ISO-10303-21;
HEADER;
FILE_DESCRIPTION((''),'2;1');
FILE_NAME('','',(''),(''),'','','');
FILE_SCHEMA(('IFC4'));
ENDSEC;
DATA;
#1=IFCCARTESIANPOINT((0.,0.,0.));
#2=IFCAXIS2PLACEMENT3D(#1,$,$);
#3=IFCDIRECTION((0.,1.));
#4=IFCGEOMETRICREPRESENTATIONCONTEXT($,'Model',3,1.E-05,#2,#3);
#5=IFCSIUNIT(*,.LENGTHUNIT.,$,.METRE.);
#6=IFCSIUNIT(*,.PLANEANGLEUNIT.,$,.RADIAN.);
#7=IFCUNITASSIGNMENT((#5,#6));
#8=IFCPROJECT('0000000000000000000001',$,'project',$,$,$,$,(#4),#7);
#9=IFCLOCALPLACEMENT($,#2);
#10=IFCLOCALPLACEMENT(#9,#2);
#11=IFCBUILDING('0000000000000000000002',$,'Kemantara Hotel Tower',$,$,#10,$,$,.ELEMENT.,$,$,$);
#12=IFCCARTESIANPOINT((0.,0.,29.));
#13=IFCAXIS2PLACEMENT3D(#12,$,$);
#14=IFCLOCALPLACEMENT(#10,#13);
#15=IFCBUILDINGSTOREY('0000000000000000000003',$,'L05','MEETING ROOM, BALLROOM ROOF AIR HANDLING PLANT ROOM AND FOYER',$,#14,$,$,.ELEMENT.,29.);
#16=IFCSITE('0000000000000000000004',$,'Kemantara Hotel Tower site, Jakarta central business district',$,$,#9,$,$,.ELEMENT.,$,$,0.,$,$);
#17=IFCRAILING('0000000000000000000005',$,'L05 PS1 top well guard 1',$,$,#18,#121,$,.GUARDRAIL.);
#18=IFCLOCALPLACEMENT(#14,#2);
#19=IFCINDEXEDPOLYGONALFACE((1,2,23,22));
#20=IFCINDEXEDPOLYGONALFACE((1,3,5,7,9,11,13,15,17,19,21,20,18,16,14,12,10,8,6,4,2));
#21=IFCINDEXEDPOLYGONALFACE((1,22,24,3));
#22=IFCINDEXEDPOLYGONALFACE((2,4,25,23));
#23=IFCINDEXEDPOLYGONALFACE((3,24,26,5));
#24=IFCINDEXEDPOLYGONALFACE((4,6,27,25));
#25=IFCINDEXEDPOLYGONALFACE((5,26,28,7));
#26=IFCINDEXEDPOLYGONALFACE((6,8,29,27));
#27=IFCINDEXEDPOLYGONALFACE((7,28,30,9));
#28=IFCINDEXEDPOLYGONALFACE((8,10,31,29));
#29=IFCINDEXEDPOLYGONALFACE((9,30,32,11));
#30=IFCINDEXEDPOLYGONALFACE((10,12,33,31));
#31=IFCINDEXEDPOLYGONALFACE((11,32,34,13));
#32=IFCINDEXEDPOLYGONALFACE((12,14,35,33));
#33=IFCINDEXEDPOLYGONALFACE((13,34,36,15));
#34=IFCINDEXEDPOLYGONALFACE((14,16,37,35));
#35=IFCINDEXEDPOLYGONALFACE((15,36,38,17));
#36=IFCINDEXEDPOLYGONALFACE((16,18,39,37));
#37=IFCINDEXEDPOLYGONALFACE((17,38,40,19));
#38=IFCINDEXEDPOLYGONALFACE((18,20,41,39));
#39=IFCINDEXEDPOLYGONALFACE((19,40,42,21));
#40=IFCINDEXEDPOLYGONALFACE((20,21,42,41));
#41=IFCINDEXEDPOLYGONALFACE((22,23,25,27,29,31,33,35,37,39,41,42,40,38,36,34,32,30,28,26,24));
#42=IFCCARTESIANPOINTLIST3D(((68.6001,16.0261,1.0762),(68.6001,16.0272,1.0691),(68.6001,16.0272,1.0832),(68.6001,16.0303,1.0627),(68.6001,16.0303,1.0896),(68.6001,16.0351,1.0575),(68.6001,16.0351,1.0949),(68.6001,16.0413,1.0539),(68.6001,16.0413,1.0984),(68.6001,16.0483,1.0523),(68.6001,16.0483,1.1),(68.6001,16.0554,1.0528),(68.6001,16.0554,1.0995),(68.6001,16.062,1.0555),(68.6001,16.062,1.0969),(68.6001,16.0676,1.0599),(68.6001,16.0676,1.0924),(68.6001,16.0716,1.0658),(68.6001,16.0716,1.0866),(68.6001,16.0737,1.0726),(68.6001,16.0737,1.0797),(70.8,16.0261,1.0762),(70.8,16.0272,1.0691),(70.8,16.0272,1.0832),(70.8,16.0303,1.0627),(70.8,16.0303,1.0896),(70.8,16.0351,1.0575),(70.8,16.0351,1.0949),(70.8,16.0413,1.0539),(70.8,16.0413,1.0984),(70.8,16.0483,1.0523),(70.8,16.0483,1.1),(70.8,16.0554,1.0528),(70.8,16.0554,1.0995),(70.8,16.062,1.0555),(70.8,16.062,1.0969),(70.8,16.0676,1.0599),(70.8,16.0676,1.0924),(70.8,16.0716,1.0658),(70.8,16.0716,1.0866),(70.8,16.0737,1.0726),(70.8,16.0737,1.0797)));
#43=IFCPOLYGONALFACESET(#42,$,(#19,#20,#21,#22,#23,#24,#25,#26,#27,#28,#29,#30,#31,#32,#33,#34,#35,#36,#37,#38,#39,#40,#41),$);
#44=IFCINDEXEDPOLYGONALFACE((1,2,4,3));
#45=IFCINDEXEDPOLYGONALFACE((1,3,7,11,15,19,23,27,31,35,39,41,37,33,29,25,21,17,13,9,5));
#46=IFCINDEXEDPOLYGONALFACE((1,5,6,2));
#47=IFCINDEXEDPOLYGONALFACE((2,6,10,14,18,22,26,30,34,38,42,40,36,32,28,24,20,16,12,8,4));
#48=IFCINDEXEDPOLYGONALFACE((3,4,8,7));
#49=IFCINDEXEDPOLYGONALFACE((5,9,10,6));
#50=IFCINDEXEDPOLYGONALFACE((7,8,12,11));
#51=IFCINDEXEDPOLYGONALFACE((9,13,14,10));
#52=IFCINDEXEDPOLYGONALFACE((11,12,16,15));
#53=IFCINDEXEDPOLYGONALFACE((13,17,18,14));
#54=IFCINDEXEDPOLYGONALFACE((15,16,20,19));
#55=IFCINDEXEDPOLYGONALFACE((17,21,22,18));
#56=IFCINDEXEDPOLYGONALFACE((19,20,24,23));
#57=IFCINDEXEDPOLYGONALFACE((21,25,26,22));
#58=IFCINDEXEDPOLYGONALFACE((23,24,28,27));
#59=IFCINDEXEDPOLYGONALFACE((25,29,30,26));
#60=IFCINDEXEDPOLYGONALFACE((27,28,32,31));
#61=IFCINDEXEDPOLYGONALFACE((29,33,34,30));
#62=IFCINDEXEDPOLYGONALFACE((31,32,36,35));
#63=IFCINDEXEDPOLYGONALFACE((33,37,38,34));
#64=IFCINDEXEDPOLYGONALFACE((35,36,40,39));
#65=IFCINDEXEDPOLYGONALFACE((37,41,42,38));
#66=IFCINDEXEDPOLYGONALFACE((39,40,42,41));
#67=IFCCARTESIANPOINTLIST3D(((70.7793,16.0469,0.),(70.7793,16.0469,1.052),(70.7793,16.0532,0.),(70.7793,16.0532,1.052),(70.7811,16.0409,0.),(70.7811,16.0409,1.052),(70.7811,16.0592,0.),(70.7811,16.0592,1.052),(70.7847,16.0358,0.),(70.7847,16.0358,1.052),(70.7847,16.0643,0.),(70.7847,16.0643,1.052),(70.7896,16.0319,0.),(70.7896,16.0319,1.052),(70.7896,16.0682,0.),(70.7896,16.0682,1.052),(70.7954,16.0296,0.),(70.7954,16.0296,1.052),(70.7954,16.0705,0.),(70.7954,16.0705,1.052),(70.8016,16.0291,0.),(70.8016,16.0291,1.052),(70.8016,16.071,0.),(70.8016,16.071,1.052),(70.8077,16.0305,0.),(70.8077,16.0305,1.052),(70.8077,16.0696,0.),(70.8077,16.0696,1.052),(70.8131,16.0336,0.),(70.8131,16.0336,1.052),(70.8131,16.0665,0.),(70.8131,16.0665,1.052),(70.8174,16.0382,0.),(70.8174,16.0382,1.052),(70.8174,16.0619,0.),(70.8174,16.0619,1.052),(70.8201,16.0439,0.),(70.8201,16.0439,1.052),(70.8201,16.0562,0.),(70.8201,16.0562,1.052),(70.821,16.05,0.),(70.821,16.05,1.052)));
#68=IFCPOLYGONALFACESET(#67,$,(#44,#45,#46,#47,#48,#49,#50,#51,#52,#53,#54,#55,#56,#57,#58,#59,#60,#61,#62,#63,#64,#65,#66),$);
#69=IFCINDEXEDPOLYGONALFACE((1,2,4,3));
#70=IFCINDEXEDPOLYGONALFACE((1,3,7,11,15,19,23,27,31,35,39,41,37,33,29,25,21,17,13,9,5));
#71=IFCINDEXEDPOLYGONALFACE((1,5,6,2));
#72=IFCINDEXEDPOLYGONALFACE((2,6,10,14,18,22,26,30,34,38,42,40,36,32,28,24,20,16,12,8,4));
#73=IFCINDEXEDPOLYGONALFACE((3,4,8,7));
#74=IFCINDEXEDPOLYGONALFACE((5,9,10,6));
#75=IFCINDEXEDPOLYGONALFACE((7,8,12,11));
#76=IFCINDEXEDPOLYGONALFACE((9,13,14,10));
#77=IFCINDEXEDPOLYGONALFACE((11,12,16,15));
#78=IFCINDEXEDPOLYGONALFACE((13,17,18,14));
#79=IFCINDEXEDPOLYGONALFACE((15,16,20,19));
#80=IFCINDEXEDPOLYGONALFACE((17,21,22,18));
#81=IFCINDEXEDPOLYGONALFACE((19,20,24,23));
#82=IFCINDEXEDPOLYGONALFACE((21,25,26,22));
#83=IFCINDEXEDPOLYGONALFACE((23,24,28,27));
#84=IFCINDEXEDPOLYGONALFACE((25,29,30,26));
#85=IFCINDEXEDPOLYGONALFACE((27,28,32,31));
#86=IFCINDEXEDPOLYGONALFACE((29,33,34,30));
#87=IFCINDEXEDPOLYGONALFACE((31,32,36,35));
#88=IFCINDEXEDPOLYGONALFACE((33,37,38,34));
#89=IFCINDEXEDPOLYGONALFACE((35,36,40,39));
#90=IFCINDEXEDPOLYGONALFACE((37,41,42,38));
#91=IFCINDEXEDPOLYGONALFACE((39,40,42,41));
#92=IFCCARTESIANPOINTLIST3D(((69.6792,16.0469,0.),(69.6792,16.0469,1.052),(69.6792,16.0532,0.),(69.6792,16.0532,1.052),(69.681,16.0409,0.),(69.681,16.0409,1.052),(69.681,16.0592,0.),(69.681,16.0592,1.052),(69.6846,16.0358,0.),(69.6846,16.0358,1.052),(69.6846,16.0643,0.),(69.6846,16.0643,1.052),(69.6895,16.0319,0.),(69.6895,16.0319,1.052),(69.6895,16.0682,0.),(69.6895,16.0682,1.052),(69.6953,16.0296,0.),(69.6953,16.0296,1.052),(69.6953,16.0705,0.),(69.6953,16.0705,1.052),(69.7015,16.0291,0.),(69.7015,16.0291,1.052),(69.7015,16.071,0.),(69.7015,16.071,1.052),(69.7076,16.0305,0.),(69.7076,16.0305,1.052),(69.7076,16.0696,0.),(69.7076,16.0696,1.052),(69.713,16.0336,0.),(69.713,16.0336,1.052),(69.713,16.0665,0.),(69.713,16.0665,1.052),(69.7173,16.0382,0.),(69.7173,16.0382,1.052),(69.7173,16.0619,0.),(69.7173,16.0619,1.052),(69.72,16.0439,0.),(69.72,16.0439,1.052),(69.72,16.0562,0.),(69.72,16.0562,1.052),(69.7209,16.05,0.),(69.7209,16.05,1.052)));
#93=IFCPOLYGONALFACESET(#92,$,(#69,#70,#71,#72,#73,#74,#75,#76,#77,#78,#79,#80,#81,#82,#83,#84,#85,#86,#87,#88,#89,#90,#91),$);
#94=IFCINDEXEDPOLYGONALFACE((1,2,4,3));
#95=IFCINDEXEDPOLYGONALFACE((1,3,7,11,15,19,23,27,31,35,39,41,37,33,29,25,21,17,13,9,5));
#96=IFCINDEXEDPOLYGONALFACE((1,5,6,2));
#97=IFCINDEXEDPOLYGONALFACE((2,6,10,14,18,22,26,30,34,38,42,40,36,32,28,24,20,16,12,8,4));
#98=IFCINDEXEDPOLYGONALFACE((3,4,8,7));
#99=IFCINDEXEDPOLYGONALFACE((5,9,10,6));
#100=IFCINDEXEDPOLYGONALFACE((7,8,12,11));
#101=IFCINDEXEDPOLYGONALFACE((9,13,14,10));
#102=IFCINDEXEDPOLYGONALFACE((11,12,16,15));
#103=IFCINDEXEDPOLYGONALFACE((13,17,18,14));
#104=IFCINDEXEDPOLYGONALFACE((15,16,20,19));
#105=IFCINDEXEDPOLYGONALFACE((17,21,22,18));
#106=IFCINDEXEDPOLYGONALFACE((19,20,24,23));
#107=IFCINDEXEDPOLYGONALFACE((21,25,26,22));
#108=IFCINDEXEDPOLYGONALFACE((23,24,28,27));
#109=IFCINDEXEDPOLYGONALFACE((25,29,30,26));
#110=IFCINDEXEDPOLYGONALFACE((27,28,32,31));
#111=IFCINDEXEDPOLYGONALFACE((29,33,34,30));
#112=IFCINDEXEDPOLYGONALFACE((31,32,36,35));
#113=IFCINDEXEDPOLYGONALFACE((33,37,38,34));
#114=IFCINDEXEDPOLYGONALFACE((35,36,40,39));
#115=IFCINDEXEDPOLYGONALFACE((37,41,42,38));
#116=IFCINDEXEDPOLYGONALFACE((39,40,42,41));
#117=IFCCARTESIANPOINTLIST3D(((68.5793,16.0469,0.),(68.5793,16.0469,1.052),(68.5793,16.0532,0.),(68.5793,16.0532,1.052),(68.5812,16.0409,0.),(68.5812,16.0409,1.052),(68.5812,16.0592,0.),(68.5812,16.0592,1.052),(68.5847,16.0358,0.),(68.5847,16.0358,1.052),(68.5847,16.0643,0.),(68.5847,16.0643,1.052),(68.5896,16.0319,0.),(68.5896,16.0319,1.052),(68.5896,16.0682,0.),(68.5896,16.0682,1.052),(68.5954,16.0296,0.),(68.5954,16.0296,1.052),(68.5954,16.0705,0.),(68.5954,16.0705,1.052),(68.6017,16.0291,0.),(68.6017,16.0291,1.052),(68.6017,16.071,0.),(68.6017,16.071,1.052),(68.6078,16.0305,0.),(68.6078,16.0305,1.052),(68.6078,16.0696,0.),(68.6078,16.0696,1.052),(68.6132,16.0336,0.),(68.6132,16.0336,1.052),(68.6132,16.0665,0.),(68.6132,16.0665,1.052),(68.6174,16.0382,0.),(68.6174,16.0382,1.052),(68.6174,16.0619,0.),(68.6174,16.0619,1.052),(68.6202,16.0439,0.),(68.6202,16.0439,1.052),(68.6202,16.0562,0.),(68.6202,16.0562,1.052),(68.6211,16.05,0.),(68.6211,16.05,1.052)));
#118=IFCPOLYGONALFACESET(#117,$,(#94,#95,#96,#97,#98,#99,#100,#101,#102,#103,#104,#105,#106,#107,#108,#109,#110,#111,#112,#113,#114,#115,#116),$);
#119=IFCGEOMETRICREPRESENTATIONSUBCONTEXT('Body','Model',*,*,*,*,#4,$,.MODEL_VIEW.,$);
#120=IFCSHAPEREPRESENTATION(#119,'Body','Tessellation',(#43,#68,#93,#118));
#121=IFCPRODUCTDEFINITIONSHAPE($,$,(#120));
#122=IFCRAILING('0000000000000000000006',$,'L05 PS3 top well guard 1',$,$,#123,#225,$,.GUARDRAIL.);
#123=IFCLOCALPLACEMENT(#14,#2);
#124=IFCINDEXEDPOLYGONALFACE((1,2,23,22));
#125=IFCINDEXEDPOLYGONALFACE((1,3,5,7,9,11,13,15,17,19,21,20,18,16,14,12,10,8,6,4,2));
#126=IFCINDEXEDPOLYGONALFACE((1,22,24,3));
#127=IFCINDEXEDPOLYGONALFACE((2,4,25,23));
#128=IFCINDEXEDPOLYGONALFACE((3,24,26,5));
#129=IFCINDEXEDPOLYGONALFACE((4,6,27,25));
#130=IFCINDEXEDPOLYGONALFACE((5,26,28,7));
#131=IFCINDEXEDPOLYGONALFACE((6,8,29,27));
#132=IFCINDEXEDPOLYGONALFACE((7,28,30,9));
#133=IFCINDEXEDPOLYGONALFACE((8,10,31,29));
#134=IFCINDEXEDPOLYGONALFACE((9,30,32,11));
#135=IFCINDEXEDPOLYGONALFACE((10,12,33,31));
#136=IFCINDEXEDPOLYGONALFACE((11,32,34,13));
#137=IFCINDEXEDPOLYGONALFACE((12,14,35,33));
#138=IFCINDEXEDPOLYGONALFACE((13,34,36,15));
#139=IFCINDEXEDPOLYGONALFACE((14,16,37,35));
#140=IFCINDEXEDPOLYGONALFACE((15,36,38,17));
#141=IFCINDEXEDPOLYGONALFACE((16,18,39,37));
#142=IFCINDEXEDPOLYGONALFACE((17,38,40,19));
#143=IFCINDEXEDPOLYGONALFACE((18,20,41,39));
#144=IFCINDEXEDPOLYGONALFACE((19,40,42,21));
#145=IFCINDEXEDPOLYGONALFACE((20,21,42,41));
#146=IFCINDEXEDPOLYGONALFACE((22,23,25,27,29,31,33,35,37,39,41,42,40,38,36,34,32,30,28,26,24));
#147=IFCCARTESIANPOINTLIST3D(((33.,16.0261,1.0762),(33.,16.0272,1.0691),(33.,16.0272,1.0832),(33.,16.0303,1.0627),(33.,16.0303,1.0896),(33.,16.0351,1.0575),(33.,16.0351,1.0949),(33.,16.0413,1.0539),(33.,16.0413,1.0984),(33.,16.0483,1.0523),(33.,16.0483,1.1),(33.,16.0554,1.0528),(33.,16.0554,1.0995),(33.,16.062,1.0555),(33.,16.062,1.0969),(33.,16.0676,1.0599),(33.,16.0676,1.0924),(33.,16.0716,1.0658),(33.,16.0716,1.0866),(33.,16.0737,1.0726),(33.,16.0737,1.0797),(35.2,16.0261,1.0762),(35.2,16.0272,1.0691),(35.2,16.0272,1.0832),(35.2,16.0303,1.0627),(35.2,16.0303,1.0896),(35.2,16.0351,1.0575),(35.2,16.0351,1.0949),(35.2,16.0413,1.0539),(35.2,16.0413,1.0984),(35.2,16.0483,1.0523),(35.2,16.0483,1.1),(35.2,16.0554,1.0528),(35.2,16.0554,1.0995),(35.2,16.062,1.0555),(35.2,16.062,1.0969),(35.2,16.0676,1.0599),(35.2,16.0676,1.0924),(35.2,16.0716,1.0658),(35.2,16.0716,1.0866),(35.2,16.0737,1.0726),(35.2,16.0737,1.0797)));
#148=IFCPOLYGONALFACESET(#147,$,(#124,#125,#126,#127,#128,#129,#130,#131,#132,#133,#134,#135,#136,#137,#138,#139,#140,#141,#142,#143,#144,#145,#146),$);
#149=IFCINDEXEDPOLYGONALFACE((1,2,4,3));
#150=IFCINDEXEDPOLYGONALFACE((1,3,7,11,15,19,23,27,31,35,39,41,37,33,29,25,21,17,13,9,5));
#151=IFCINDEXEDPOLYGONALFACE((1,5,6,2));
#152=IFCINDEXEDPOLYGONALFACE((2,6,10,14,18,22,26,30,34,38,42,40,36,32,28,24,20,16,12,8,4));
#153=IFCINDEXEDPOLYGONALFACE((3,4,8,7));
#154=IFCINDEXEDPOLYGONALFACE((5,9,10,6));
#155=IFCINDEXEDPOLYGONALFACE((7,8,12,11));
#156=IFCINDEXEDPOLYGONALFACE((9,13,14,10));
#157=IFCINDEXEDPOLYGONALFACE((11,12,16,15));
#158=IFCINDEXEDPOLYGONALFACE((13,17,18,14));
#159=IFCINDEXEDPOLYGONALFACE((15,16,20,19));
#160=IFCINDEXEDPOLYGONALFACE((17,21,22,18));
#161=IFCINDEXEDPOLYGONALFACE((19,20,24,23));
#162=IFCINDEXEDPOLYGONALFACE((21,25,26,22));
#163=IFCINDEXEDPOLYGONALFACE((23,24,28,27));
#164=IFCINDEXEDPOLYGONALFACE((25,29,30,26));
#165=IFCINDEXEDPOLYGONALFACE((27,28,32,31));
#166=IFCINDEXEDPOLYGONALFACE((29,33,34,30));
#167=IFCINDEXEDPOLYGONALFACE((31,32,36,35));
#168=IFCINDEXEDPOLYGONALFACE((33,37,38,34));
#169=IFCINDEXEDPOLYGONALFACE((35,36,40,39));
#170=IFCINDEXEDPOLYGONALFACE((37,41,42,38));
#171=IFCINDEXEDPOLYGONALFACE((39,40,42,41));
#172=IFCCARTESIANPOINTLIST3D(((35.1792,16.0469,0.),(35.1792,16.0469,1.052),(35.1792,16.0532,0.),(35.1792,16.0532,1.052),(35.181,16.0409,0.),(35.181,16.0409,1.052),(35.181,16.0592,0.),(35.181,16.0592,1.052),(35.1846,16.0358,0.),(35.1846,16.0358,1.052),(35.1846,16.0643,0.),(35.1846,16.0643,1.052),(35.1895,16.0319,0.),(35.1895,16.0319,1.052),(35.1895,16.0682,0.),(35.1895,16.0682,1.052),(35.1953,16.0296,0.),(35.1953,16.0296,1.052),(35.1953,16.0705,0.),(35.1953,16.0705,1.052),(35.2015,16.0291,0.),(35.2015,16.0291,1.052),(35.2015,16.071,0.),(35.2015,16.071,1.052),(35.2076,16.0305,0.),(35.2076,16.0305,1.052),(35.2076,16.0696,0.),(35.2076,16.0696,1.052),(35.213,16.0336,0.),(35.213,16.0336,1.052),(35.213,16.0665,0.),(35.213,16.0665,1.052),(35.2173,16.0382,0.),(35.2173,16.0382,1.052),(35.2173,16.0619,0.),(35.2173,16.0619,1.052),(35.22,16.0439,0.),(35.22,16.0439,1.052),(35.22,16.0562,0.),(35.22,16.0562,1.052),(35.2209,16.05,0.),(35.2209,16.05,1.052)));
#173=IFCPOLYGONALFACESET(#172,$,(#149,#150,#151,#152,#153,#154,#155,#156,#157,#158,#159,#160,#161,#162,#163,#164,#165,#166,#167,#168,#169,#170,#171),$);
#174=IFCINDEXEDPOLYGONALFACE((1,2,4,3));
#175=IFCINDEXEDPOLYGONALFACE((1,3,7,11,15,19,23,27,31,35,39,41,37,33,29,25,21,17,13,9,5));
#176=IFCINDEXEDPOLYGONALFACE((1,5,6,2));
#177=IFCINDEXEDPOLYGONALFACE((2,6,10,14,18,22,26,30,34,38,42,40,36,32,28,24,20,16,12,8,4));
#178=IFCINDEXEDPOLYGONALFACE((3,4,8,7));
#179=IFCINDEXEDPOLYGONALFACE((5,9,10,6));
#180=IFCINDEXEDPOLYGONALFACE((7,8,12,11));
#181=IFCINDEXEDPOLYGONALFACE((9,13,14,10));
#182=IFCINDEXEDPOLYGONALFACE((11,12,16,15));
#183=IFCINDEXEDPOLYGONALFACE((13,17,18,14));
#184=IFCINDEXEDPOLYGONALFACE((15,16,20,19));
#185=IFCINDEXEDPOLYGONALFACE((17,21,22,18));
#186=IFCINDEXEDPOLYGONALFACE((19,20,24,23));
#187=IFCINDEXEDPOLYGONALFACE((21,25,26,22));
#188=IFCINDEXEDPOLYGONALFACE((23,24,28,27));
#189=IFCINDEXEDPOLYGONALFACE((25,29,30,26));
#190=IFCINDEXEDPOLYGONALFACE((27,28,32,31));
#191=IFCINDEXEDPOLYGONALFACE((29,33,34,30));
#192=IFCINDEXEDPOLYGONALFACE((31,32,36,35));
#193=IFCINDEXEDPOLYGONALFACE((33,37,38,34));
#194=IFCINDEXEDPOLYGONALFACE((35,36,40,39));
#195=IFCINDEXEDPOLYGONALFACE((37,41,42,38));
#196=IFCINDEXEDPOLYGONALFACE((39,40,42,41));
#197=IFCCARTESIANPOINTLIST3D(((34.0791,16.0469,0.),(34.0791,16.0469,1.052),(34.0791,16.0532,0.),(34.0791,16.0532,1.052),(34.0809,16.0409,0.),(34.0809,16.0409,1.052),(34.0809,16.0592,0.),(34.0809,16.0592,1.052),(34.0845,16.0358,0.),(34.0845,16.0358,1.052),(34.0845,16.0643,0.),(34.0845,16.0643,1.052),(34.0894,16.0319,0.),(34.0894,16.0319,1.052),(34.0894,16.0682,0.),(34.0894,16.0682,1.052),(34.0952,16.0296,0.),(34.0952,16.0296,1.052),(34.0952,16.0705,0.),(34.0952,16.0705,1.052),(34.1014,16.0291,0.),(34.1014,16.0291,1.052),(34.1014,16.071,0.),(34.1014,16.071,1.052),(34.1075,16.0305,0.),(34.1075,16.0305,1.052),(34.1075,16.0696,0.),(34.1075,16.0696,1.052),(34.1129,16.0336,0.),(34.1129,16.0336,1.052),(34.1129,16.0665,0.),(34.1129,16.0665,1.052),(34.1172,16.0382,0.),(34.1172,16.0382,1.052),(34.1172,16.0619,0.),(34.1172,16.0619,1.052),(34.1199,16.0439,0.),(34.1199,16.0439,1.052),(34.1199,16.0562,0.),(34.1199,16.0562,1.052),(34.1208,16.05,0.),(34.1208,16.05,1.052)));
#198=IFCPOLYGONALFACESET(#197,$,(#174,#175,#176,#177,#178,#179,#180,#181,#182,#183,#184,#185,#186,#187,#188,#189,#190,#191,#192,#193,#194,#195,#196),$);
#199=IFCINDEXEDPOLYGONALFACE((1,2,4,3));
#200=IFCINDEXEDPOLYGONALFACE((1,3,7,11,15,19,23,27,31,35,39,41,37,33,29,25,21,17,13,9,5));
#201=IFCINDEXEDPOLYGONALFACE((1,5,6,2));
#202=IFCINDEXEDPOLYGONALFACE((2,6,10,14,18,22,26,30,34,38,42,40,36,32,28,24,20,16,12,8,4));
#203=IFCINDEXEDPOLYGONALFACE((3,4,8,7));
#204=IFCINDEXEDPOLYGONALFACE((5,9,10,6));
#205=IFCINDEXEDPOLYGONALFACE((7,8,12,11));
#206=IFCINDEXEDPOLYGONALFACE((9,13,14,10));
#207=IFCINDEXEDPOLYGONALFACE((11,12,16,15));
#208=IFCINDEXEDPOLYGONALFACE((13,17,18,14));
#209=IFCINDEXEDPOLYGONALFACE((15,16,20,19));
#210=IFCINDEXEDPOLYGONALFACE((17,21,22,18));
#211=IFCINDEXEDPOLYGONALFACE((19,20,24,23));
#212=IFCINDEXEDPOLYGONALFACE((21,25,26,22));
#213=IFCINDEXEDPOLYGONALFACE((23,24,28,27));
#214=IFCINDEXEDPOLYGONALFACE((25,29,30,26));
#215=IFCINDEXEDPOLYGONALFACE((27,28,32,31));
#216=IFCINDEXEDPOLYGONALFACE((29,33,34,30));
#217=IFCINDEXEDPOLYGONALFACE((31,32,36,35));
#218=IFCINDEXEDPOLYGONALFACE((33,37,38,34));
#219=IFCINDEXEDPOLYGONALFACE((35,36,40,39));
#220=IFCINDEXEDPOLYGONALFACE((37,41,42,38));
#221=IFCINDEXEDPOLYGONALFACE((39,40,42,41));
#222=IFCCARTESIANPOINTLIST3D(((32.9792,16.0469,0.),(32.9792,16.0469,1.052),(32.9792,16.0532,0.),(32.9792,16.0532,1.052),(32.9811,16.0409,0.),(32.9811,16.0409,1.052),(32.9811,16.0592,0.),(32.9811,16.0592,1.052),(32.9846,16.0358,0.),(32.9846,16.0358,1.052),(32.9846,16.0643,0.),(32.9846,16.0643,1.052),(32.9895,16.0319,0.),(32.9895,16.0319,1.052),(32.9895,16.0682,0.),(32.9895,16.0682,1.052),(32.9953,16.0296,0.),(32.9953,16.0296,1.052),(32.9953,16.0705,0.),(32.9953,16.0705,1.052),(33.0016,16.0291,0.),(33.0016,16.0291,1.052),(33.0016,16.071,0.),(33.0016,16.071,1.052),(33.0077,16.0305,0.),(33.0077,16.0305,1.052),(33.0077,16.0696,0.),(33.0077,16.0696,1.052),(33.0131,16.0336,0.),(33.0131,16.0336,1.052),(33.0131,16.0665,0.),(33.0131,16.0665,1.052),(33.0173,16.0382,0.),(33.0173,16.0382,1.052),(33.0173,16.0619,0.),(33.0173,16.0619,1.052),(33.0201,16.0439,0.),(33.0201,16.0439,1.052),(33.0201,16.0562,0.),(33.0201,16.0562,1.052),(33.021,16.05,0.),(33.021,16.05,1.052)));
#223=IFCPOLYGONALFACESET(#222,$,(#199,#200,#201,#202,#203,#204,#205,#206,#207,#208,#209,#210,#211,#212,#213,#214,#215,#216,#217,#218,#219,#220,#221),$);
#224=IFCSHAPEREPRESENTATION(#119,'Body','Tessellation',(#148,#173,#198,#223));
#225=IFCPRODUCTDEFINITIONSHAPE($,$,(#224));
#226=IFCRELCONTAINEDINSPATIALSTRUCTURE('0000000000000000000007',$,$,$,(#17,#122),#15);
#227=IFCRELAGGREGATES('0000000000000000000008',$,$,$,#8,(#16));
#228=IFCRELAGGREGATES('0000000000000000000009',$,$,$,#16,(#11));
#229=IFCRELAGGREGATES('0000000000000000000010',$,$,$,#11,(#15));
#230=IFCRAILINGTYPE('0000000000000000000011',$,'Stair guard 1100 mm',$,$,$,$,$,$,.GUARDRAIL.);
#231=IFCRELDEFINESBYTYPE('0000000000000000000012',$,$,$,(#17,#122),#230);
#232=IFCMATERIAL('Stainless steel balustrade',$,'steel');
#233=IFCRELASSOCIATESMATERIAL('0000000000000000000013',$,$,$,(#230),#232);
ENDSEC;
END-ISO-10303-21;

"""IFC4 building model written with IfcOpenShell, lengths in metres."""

from ifc_helpers import new_model, si_unit, direction, frame, origin, origin_2d, place, context, subcontext, project, spatial, circle, extrude, material, type_object, element, save


model = new_model("IFC4")

# Units and contexts
model_context = context("Model", 3, precision=1e-05, world=origin(), true_north=direction((0.0, 1.0)))
body_context = subcontext(model_context, "Body", "Model", "MODEL_VIEW")
ifc_project = project(units=[si_unit("LENGTHUNIT", "METRE"), si_unit("PLANEANGLEUNIT", "RADIAN")], contexts=[model_context])

# Site, building, storey
site_placement = place(None, origin())
site = spatial("IfcSite", under=ifc_project, at=site_placement, Name="Kemantara Hotel Tower site, Jakarta central business district", CompositionType="ELEMENT", RefElevation=0.0)
building_placement = place(site_placement, origin())
building = spatial("IfcBuilding", under=site, at=building_placement, Name="Kemantara Hotel Tower", CompositionType="ELEMENT")
storey_placement = place(building_placement, frame((0.0, 0.0, 29.0)))
storey = spatial("IfcBuildingStorey", under=building, at=storey_placement, Name="L05", Description="MEETING ROOM, BALLROOM ROOF AIR HANDLING PLANT ROOM AND FOYER", CompositionType="ELEMENT", Elevation=29.0)

# Railings
ifc_material_1 = material(Name="Stainless steel balustrade", Category="steel")
railing_type = type_object("IfcRailingType", Name="Stair guard 1100 mm", PredefinedType="GUARDRAIL", material=ifc_material_1)
for number, where, name in (
    (1, (70.8, 16.05, 0.0), "L05 PS1 top well guard 1"),
    (2, (35.2, 16.05, 0.0), "L05 PS3 top well guard 1"),
):
    element("IfcRailing", number, at=place(storey_placement, frame(where)), inside=storey, type_object=railing_type, Name=name, PredefinedType="GUARDRAIL", context=body_context, shape_type="SweptSolid", body=[
        extrude(circle(Radius=0.0239, at=origin_2d()), frame((0.0, 0.0, 1.0762), z_axis=(-1.0, 0.0, 0.0), x_axis=(0.0, -1.0, 0.0)), (0.0, 0.0, 1.0), 2.2),
        extrude(circle(Radius=0.021, at=origin_2d()), origin(), (0.0, 0.0, 1.0), 1.052),
        extrude(circle(Radius=0.021, at=origin_2d()), frame((-1.1001, 0.0, 0.0)), (0.0, 0.0, 1.0), 1.052),
        extrude(circle(Radius=0.021, at=origin_2d()), frame((-2.2, 0.0, 0.0)), (0.0, 0.0, 1.0), 1.052),
    ])

save(model, "model.ifc")
